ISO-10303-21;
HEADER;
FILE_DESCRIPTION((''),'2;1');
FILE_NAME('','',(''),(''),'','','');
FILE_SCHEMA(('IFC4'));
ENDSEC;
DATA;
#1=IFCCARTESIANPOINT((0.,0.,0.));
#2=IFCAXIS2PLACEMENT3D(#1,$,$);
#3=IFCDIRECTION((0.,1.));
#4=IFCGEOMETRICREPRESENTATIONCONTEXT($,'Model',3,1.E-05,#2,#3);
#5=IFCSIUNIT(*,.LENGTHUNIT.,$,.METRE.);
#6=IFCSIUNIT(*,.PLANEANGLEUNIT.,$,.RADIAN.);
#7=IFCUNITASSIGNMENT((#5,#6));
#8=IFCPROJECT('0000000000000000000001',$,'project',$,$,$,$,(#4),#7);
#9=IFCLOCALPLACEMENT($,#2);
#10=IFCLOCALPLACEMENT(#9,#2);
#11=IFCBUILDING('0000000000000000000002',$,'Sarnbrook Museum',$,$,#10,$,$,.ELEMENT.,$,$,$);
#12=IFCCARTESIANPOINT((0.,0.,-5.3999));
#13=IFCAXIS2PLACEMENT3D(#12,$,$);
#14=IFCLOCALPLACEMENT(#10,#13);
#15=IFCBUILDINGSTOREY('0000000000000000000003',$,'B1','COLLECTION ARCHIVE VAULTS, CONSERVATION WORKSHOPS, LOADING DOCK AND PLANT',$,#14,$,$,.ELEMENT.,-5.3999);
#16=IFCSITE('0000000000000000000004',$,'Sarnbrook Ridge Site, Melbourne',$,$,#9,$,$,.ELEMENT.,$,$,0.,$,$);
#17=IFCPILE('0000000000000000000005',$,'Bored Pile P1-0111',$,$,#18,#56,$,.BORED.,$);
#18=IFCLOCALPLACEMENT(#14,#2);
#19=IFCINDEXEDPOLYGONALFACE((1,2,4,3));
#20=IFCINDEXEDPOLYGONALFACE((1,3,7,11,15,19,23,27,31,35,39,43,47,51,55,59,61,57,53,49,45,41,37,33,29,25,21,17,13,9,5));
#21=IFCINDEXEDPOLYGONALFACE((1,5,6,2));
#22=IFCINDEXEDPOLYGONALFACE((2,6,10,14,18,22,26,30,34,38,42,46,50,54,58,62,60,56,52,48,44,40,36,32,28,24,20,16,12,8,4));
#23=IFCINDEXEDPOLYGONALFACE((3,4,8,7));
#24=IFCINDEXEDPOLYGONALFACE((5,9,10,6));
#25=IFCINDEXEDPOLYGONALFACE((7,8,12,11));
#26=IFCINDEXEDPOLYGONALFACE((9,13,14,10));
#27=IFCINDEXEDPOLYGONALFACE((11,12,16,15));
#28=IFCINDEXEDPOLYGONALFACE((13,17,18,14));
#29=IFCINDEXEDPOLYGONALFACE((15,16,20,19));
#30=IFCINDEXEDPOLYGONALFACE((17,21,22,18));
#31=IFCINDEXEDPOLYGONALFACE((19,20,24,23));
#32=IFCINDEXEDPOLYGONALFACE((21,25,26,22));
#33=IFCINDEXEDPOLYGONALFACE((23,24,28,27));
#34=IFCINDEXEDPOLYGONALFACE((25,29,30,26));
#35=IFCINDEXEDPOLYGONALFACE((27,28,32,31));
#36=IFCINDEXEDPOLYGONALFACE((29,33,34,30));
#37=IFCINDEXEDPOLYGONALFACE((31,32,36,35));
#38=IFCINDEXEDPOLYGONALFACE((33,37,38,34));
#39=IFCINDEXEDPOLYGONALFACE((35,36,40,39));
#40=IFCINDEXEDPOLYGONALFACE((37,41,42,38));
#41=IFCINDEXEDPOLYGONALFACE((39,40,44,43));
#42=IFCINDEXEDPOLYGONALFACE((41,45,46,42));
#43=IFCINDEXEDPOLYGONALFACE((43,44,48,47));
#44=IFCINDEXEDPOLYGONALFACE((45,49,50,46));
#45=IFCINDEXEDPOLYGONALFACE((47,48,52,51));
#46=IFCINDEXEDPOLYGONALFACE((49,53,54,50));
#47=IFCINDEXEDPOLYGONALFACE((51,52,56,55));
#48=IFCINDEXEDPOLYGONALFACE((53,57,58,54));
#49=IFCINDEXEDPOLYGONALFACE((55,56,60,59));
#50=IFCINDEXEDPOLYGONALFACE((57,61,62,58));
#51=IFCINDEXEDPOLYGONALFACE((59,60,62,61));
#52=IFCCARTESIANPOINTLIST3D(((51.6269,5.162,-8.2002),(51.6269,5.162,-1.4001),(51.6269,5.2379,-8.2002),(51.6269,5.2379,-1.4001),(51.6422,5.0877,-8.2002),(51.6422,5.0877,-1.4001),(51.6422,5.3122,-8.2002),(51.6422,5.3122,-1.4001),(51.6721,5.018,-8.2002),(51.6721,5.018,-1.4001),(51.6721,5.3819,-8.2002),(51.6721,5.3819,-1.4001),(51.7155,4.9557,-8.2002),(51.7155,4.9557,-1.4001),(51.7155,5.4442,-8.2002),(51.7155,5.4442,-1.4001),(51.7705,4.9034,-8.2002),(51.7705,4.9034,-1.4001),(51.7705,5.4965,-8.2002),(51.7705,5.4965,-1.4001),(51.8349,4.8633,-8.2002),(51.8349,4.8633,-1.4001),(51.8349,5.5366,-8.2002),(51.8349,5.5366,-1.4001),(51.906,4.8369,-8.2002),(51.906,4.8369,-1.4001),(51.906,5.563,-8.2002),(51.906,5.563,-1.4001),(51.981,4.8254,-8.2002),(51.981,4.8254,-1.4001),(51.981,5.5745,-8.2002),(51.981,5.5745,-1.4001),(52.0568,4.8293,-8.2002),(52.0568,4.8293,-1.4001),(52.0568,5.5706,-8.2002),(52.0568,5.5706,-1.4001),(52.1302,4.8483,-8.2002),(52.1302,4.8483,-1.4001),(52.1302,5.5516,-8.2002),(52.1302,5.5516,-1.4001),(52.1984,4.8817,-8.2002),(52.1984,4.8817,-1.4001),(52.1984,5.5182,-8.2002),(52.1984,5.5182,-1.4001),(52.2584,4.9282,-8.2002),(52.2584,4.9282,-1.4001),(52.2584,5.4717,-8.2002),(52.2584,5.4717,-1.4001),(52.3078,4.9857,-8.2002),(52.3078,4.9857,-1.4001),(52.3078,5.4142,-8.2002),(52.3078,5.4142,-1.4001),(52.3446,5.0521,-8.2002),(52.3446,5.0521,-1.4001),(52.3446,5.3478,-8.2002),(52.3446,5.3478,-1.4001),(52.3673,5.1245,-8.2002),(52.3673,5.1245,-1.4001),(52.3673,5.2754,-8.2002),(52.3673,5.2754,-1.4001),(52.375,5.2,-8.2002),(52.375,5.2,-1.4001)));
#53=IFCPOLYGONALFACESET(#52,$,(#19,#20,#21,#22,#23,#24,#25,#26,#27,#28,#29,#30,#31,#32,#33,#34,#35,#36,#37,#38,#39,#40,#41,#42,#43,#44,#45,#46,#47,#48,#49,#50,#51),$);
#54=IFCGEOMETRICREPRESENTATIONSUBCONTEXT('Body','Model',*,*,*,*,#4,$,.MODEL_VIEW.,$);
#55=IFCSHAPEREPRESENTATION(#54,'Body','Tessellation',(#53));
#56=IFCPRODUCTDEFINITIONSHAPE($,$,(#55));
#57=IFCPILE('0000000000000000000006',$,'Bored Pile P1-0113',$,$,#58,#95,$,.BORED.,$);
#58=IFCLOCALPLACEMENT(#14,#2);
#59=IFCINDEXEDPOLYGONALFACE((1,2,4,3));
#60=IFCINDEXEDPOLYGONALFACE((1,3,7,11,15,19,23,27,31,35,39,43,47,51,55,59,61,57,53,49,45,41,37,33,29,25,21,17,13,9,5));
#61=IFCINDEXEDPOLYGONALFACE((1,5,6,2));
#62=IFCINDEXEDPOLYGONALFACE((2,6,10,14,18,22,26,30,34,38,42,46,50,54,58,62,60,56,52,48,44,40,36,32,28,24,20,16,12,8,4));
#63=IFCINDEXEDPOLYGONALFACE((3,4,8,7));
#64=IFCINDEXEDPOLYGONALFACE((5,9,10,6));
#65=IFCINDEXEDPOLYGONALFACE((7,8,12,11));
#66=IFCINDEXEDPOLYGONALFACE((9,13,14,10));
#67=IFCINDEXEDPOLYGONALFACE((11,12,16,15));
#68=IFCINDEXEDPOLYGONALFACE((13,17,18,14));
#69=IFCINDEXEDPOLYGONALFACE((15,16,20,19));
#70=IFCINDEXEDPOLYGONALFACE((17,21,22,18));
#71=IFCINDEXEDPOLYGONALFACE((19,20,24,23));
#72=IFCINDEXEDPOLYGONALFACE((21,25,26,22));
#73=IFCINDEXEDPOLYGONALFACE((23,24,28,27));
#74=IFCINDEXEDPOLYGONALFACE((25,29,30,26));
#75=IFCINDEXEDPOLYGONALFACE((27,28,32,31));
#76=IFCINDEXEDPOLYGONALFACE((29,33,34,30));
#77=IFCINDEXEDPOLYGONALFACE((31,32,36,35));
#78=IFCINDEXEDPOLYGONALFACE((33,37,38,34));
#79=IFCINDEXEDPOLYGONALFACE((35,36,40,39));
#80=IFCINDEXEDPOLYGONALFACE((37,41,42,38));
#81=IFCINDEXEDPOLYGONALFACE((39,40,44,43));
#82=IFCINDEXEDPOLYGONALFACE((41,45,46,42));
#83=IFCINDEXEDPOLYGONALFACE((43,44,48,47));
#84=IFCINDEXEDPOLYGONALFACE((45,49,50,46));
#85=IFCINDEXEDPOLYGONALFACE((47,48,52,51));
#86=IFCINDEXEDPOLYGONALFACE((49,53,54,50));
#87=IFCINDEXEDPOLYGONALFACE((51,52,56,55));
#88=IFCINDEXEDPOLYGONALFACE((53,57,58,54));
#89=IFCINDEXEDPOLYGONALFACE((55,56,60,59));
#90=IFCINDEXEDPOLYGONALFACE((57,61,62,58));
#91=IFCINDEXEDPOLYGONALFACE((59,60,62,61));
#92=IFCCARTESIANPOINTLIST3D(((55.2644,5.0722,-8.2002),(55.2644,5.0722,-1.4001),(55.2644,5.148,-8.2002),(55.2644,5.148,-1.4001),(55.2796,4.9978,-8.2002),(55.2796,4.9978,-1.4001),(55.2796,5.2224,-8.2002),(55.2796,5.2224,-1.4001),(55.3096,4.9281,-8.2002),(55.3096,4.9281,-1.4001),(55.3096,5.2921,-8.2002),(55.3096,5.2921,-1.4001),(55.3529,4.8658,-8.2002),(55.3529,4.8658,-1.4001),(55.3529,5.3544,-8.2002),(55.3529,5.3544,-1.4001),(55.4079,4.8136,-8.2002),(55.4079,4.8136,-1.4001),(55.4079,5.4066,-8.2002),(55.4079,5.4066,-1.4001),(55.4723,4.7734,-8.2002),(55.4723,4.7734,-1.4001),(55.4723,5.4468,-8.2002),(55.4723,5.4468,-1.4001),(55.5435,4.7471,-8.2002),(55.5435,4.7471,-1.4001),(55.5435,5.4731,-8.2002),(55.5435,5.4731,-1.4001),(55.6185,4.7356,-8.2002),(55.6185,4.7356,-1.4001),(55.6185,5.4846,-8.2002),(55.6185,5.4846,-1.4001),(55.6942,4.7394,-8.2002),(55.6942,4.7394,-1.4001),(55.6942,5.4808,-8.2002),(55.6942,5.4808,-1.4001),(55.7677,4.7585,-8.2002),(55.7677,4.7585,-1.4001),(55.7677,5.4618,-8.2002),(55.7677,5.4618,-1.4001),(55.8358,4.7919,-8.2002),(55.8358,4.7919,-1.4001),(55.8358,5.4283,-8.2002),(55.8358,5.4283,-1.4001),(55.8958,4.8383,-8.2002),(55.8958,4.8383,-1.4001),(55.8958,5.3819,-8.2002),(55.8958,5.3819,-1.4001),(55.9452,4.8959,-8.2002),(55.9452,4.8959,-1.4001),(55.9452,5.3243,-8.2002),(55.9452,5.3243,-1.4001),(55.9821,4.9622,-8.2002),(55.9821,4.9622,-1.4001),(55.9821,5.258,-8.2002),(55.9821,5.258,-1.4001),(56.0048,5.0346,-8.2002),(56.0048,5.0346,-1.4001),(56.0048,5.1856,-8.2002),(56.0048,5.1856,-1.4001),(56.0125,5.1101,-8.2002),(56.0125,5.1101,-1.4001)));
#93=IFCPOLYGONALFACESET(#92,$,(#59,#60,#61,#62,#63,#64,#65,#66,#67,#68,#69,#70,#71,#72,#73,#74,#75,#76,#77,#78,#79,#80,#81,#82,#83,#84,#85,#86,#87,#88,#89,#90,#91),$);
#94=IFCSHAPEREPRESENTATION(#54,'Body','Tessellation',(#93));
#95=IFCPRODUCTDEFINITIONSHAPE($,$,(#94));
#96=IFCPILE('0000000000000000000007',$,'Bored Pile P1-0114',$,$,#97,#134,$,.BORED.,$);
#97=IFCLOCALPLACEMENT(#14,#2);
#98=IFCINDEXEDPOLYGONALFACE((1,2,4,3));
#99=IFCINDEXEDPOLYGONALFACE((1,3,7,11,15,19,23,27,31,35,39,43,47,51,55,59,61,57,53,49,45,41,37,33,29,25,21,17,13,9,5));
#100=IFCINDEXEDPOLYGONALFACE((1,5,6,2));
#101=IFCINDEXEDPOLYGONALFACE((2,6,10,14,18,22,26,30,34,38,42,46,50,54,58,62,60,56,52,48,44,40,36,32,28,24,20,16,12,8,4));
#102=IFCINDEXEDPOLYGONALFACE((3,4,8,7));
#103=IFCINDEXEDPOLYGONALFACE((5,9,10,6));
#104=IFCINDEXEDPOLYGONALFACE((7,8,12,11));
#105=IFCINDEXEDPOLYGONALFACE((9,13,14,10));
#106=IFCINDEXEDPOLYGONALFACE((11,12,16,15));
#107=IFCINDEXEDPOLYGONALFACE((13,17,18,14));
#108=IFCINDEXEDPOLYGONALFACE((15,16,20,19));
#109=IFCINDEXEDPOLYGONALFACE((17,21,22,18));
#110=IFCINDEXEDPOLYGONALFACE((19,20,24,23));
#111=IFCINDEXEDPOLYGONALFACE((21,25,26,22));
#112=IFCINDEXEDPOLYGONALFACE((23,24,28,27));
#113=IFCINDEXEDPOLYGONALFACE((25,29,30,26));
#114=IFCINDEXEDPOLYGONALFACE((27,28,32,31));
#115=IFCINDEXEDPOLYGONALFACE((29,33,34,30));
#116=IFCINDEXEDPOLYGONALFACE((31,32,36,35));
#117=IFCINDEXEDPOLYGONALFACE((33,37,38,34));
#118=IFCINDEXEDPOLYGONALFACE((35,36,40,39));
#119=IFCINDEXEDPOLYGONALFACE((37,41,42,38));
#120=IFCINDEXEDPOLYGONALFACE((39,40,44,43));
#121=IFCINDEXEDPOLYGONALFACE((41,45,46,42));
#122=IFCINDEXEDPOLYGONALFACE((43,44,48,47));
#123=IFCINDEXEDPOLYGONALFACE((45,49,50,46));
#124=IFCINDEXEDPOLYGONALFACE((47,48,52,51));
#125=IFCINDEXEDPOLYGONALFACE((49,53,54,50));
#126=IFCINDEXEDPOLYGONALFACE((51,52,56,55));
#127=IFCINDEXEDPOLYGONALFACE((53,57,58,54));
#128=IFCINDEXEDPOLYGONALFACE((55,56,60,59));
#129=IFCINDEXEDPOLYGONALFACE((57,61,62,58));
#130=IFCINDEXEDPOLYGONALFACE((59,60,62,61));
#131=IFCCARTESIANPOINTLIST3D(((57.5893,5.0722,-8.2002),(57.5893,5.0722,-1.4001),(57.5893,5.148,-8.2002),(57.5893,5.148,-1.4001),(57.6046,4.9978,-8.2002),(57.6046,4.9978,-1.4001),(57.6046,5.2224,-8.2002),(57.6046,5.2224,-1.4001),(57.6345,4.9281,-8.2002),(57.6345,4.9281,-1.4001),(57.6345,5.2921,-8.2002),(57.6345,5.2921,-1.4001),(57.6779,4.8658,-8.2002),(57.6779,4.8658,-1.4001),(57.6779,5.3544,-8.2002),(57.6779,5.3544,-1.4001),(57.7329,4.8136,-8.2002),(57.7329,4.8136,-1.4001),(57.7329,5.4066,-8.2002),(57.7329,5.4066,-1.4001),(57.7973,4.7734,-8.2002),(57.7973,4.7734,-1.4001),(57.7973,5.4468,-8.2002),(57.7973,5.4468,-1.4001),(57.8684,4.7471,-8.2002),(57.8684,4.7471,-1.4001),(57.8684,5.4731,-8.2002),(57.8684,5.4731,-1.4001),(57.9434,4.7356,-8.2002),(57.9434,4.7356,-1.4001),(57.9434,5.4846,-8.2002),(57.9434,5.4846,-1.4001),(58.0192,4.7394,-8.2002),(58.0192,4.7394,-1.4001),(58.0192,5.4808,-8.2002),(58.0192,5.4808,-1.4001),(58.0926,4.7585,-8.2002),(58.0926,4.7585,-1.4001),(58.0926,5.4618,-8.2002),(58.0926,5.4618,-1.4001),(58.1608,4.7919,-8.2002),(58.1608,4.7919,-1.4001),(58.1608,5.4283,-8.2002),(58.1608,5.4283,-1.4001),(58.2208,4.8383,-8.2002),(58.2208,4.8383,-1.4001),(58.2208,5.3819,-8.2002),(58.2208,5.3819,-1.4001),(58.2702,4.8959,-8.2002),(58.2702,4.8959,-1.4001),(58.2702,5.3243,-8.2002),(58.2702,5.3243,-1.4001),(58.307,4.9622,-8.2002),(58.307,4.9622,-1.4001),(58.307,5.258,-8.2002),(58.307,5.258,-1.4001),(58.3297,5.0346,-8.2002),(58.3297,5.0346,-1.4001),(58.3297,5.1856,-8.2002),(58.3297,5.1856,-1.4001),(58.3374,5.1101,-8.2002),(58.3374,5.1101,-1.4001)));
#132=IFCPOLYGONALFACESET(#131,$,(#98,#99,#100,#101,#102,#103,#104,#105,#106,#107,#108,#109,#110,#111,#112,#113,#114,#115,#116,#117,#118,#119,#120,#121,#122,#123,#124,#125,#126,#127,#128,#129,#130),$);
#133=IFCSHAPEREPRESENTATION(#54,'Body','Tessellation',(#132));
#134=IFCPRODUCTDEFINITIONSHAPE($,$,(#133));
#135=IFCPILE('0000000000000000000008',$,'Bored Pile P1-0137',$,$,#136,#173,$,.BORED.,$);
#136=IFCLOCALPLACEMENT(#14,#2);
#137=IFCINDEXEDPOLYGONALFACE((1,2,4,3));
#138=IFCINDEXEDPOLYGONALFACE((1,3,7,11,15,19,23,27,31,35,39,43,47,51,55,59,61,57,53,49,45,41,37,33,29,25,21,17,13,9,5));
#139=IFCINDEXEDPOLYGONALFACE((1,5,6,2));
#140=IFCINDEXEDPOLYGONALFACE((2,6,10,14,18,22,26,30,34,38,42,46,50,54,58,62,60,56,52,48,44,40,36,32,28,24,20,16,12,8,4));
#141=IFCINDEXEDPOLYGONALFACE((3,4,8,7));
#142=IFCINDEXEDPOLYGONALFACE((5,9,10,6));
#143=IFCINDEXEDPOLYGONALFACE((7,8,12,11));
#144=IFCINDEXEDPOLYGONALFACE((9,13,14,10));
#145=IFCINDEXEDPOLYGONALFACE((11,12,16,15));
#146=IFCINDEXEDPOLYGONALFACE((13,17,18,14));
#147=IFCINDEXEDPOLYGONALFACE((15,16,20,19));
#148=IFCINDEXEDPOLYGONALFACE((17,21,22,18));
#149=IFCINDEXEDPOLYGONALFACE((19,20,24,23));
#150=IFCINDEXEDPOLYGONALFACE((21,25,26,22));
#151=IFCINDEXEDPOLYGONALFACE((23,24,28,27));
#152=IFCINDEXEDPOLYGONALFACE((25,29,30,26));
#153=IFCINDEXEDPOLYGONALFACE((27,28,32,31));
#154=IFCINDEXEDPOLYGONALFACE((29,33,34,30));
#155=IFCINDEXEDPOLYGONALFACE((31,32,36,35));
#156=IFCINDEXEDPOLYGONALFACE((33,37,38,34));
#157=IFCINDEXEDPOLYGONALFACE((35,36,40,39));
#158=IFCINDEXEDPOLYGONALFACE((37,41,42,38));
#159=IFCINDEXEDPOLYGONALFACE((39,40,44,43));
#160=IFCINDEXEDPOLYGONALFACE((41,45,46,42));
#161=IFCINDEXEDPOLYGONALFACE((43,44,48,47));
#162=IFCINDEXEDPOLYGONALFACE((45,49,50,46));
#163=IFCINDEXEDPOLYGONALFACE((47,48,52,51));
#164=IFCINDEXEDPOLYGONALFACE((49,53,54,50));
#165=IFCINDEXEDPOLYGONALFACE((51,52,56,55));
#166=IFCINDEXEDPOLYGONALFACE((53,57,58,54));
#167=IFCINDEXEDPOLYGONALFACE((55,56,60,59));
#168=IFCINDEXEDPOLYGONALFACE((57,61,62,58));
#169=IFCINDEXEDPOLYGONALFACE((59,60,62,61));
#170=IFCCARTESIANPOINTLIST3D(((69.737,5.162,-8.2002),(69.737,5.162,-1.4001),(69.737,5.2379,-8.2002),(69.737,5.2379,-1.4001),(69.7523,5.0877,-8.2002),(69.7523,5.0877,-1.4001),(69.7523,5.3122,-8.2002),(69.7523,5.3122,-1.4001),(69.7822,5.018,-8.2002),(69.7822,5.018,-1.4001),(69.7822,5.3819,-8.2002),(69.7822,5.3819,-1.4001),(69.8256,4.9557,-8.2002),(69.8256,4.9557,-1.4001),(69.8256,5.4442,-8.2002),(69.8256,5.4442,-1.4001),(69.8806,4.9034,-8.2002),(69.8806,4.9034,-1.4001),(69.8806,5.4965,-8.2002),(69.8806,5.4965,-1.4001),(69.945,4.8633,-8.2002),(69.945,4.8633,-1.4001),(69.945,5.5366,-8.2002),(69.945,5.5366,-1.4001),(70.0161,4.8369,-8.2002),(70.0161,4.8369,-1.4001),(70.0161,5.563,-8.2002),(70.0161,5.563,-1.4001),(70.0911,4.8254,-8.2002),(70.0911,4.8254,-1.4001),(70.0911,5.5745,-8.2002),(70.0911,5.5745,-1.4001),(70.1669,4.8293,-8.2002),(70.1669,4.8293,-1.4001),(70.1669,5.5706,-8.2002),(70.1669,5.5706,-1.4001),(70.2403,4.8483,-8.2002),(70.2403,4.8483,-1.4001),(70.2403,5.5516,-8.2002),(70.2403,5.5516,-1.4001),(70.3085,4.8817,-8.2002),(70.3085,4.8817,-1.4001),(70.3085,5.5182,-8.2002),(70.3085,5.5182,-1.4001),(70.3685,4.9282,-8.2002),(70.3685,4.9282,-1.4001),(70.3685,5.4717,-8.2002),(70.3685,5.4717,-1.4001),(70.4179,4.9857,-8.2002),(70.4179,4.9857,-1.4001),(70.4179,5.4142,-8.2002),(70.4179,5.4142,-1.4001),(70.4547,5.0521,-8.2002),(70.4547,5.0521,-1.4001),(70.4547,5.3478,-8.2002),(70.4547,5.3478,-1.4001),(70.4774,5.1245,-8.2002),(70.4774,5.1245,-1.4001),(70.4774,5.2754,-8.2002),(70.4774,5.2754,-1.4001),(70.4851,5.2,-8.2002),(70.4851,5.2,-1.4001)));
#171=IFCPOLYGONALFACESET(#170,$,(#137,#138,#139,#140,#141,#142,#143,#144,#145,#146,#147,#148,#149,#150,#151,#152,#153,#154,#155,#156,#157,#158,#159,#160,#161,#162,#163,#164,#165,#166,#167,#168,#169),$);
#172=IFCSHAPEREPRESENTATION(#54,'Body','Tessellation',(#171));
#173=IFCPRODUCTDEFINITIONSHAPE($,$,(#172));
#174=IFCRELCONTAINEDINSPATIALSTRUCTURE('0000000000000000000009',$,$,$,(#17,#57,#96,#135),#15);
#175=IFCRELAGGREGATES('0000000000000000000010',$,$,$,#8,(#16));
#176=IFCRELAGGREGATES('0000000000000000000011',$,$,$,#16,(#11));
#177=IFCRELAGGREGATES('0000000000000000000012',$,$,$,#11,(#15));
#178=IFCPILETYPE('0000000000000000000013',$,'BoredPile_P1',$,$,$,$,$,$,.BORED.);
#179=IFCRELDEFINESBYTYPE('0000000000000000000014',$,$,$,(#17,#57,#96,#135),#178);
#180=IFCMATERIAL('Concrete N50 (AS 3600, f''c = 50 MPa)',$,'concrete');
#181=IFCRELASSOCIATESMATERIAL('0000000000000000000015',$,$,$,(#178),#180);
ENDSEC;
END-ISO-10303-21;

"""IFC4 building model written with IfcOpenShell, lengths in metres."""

from ifc_helpers import new_model, si_unit, direction, frame, origin, origin_2d, place, context, subcontext, project, spatial, circle, extrude, material, material_profile, profile_set, type_object, element, save


model = new_model("IFC4")

# Units and contexts
model_context = context("Model", 3, precision=1e-05, world=origin(), true_north=direction((0.0, 1.0)))
body_context = subcontext(model_context, "Body", "Model", "MODEL_VIEW")
ifc_project = project(units=[si_unit("LENGTHUNIT", "METRE"), si_unit("PLANEANGLEUNIT", "RADIAN")], contexts=[model_context])

# Site, building, storey
site_placement = place(None, origin())
site = spatial("IfcSite", under=ifc_project, at=site_placement, Name="Sarnbrook Ridge Site, Melbourne", CompositionType="ELEMENT", RefElevation=0.0)
building_placement = place(site_placement, origin())
building = spatial("IfcBuilding", under=site, at=building_placement, Name="Sarnbrook Museum", CompositionType="ELEMENT")
storey_placement = place(building_placement, frame((0.0, 0.0, -5.3999)))
storey = spatial("IfcBuildingStorey", under=building, at=storey_placement, Name="B1", Description="COLLECTION ARCHIVE VAULTS, CONSERVATION WORKSHOPS, LOADING DOCK AND PLANT", CompositionType="ELEMENT", Elevation=-5.3999)

# Piles
ifc_material_1 = material(Name="Concrete N50 (AS 3600, f'c = 50 MPa)", Category="concrete")
ifc_material_profile_1 = material_profile(ifc_material_1, circle(Radius=0.375, at=origin_2d()), Name="BORED PILE D750")
ifc_profile_set_1 = profile_set([ifc_material_profile_1], Name="Concrete N50 (AS 3600, f'c = 50 MPa)")
pile_type_1 = type_object("IfcPileType", Name="BoredPile_P1", PredefinedType="BORED", material=ifc_profile_set_1)
for number, where, z_axis, x_axis, name in (
    (1, (52.0, 5.2, -1.4001), (0.0, 0.0, -1.0), (1.0, 0.0, 0.0), "Bored Pile P1-0111"),
    (2, (55.6375, 5.1101, -1.4001), (0.0, 0.0, -1.0), (1.0, 0.0, 0.0), "Bored Pile P1-0113"),
    (3, (57.9624, 5.1101, -1.4001), (0.0, 0.0, -1.0), (1.0, 0.0, 0.0), "Bored Pile P1-0114"),
    (4, (70.1101, 5.2, -1.4001), (0.0, 0.0, -1.0), (1.0, 0.0, 0.0), "Bored Pile P1-0137"),
):
    element("IfcPile", number, at=place(storey_placement, frame(where, z_axis=z_axis, x_axis=x_axis)), inside=storey, type_object=pile_type_1, Name=name, PredefinedType="BORED", context=body_context, shape_type="SweptSolid", body=[
        extrude(circle(Radius=0.375, at=origin_2d()), origin(), (0.0, 0.0, 1.0), 6.8),
    ])

save(model, "model.ifc")
